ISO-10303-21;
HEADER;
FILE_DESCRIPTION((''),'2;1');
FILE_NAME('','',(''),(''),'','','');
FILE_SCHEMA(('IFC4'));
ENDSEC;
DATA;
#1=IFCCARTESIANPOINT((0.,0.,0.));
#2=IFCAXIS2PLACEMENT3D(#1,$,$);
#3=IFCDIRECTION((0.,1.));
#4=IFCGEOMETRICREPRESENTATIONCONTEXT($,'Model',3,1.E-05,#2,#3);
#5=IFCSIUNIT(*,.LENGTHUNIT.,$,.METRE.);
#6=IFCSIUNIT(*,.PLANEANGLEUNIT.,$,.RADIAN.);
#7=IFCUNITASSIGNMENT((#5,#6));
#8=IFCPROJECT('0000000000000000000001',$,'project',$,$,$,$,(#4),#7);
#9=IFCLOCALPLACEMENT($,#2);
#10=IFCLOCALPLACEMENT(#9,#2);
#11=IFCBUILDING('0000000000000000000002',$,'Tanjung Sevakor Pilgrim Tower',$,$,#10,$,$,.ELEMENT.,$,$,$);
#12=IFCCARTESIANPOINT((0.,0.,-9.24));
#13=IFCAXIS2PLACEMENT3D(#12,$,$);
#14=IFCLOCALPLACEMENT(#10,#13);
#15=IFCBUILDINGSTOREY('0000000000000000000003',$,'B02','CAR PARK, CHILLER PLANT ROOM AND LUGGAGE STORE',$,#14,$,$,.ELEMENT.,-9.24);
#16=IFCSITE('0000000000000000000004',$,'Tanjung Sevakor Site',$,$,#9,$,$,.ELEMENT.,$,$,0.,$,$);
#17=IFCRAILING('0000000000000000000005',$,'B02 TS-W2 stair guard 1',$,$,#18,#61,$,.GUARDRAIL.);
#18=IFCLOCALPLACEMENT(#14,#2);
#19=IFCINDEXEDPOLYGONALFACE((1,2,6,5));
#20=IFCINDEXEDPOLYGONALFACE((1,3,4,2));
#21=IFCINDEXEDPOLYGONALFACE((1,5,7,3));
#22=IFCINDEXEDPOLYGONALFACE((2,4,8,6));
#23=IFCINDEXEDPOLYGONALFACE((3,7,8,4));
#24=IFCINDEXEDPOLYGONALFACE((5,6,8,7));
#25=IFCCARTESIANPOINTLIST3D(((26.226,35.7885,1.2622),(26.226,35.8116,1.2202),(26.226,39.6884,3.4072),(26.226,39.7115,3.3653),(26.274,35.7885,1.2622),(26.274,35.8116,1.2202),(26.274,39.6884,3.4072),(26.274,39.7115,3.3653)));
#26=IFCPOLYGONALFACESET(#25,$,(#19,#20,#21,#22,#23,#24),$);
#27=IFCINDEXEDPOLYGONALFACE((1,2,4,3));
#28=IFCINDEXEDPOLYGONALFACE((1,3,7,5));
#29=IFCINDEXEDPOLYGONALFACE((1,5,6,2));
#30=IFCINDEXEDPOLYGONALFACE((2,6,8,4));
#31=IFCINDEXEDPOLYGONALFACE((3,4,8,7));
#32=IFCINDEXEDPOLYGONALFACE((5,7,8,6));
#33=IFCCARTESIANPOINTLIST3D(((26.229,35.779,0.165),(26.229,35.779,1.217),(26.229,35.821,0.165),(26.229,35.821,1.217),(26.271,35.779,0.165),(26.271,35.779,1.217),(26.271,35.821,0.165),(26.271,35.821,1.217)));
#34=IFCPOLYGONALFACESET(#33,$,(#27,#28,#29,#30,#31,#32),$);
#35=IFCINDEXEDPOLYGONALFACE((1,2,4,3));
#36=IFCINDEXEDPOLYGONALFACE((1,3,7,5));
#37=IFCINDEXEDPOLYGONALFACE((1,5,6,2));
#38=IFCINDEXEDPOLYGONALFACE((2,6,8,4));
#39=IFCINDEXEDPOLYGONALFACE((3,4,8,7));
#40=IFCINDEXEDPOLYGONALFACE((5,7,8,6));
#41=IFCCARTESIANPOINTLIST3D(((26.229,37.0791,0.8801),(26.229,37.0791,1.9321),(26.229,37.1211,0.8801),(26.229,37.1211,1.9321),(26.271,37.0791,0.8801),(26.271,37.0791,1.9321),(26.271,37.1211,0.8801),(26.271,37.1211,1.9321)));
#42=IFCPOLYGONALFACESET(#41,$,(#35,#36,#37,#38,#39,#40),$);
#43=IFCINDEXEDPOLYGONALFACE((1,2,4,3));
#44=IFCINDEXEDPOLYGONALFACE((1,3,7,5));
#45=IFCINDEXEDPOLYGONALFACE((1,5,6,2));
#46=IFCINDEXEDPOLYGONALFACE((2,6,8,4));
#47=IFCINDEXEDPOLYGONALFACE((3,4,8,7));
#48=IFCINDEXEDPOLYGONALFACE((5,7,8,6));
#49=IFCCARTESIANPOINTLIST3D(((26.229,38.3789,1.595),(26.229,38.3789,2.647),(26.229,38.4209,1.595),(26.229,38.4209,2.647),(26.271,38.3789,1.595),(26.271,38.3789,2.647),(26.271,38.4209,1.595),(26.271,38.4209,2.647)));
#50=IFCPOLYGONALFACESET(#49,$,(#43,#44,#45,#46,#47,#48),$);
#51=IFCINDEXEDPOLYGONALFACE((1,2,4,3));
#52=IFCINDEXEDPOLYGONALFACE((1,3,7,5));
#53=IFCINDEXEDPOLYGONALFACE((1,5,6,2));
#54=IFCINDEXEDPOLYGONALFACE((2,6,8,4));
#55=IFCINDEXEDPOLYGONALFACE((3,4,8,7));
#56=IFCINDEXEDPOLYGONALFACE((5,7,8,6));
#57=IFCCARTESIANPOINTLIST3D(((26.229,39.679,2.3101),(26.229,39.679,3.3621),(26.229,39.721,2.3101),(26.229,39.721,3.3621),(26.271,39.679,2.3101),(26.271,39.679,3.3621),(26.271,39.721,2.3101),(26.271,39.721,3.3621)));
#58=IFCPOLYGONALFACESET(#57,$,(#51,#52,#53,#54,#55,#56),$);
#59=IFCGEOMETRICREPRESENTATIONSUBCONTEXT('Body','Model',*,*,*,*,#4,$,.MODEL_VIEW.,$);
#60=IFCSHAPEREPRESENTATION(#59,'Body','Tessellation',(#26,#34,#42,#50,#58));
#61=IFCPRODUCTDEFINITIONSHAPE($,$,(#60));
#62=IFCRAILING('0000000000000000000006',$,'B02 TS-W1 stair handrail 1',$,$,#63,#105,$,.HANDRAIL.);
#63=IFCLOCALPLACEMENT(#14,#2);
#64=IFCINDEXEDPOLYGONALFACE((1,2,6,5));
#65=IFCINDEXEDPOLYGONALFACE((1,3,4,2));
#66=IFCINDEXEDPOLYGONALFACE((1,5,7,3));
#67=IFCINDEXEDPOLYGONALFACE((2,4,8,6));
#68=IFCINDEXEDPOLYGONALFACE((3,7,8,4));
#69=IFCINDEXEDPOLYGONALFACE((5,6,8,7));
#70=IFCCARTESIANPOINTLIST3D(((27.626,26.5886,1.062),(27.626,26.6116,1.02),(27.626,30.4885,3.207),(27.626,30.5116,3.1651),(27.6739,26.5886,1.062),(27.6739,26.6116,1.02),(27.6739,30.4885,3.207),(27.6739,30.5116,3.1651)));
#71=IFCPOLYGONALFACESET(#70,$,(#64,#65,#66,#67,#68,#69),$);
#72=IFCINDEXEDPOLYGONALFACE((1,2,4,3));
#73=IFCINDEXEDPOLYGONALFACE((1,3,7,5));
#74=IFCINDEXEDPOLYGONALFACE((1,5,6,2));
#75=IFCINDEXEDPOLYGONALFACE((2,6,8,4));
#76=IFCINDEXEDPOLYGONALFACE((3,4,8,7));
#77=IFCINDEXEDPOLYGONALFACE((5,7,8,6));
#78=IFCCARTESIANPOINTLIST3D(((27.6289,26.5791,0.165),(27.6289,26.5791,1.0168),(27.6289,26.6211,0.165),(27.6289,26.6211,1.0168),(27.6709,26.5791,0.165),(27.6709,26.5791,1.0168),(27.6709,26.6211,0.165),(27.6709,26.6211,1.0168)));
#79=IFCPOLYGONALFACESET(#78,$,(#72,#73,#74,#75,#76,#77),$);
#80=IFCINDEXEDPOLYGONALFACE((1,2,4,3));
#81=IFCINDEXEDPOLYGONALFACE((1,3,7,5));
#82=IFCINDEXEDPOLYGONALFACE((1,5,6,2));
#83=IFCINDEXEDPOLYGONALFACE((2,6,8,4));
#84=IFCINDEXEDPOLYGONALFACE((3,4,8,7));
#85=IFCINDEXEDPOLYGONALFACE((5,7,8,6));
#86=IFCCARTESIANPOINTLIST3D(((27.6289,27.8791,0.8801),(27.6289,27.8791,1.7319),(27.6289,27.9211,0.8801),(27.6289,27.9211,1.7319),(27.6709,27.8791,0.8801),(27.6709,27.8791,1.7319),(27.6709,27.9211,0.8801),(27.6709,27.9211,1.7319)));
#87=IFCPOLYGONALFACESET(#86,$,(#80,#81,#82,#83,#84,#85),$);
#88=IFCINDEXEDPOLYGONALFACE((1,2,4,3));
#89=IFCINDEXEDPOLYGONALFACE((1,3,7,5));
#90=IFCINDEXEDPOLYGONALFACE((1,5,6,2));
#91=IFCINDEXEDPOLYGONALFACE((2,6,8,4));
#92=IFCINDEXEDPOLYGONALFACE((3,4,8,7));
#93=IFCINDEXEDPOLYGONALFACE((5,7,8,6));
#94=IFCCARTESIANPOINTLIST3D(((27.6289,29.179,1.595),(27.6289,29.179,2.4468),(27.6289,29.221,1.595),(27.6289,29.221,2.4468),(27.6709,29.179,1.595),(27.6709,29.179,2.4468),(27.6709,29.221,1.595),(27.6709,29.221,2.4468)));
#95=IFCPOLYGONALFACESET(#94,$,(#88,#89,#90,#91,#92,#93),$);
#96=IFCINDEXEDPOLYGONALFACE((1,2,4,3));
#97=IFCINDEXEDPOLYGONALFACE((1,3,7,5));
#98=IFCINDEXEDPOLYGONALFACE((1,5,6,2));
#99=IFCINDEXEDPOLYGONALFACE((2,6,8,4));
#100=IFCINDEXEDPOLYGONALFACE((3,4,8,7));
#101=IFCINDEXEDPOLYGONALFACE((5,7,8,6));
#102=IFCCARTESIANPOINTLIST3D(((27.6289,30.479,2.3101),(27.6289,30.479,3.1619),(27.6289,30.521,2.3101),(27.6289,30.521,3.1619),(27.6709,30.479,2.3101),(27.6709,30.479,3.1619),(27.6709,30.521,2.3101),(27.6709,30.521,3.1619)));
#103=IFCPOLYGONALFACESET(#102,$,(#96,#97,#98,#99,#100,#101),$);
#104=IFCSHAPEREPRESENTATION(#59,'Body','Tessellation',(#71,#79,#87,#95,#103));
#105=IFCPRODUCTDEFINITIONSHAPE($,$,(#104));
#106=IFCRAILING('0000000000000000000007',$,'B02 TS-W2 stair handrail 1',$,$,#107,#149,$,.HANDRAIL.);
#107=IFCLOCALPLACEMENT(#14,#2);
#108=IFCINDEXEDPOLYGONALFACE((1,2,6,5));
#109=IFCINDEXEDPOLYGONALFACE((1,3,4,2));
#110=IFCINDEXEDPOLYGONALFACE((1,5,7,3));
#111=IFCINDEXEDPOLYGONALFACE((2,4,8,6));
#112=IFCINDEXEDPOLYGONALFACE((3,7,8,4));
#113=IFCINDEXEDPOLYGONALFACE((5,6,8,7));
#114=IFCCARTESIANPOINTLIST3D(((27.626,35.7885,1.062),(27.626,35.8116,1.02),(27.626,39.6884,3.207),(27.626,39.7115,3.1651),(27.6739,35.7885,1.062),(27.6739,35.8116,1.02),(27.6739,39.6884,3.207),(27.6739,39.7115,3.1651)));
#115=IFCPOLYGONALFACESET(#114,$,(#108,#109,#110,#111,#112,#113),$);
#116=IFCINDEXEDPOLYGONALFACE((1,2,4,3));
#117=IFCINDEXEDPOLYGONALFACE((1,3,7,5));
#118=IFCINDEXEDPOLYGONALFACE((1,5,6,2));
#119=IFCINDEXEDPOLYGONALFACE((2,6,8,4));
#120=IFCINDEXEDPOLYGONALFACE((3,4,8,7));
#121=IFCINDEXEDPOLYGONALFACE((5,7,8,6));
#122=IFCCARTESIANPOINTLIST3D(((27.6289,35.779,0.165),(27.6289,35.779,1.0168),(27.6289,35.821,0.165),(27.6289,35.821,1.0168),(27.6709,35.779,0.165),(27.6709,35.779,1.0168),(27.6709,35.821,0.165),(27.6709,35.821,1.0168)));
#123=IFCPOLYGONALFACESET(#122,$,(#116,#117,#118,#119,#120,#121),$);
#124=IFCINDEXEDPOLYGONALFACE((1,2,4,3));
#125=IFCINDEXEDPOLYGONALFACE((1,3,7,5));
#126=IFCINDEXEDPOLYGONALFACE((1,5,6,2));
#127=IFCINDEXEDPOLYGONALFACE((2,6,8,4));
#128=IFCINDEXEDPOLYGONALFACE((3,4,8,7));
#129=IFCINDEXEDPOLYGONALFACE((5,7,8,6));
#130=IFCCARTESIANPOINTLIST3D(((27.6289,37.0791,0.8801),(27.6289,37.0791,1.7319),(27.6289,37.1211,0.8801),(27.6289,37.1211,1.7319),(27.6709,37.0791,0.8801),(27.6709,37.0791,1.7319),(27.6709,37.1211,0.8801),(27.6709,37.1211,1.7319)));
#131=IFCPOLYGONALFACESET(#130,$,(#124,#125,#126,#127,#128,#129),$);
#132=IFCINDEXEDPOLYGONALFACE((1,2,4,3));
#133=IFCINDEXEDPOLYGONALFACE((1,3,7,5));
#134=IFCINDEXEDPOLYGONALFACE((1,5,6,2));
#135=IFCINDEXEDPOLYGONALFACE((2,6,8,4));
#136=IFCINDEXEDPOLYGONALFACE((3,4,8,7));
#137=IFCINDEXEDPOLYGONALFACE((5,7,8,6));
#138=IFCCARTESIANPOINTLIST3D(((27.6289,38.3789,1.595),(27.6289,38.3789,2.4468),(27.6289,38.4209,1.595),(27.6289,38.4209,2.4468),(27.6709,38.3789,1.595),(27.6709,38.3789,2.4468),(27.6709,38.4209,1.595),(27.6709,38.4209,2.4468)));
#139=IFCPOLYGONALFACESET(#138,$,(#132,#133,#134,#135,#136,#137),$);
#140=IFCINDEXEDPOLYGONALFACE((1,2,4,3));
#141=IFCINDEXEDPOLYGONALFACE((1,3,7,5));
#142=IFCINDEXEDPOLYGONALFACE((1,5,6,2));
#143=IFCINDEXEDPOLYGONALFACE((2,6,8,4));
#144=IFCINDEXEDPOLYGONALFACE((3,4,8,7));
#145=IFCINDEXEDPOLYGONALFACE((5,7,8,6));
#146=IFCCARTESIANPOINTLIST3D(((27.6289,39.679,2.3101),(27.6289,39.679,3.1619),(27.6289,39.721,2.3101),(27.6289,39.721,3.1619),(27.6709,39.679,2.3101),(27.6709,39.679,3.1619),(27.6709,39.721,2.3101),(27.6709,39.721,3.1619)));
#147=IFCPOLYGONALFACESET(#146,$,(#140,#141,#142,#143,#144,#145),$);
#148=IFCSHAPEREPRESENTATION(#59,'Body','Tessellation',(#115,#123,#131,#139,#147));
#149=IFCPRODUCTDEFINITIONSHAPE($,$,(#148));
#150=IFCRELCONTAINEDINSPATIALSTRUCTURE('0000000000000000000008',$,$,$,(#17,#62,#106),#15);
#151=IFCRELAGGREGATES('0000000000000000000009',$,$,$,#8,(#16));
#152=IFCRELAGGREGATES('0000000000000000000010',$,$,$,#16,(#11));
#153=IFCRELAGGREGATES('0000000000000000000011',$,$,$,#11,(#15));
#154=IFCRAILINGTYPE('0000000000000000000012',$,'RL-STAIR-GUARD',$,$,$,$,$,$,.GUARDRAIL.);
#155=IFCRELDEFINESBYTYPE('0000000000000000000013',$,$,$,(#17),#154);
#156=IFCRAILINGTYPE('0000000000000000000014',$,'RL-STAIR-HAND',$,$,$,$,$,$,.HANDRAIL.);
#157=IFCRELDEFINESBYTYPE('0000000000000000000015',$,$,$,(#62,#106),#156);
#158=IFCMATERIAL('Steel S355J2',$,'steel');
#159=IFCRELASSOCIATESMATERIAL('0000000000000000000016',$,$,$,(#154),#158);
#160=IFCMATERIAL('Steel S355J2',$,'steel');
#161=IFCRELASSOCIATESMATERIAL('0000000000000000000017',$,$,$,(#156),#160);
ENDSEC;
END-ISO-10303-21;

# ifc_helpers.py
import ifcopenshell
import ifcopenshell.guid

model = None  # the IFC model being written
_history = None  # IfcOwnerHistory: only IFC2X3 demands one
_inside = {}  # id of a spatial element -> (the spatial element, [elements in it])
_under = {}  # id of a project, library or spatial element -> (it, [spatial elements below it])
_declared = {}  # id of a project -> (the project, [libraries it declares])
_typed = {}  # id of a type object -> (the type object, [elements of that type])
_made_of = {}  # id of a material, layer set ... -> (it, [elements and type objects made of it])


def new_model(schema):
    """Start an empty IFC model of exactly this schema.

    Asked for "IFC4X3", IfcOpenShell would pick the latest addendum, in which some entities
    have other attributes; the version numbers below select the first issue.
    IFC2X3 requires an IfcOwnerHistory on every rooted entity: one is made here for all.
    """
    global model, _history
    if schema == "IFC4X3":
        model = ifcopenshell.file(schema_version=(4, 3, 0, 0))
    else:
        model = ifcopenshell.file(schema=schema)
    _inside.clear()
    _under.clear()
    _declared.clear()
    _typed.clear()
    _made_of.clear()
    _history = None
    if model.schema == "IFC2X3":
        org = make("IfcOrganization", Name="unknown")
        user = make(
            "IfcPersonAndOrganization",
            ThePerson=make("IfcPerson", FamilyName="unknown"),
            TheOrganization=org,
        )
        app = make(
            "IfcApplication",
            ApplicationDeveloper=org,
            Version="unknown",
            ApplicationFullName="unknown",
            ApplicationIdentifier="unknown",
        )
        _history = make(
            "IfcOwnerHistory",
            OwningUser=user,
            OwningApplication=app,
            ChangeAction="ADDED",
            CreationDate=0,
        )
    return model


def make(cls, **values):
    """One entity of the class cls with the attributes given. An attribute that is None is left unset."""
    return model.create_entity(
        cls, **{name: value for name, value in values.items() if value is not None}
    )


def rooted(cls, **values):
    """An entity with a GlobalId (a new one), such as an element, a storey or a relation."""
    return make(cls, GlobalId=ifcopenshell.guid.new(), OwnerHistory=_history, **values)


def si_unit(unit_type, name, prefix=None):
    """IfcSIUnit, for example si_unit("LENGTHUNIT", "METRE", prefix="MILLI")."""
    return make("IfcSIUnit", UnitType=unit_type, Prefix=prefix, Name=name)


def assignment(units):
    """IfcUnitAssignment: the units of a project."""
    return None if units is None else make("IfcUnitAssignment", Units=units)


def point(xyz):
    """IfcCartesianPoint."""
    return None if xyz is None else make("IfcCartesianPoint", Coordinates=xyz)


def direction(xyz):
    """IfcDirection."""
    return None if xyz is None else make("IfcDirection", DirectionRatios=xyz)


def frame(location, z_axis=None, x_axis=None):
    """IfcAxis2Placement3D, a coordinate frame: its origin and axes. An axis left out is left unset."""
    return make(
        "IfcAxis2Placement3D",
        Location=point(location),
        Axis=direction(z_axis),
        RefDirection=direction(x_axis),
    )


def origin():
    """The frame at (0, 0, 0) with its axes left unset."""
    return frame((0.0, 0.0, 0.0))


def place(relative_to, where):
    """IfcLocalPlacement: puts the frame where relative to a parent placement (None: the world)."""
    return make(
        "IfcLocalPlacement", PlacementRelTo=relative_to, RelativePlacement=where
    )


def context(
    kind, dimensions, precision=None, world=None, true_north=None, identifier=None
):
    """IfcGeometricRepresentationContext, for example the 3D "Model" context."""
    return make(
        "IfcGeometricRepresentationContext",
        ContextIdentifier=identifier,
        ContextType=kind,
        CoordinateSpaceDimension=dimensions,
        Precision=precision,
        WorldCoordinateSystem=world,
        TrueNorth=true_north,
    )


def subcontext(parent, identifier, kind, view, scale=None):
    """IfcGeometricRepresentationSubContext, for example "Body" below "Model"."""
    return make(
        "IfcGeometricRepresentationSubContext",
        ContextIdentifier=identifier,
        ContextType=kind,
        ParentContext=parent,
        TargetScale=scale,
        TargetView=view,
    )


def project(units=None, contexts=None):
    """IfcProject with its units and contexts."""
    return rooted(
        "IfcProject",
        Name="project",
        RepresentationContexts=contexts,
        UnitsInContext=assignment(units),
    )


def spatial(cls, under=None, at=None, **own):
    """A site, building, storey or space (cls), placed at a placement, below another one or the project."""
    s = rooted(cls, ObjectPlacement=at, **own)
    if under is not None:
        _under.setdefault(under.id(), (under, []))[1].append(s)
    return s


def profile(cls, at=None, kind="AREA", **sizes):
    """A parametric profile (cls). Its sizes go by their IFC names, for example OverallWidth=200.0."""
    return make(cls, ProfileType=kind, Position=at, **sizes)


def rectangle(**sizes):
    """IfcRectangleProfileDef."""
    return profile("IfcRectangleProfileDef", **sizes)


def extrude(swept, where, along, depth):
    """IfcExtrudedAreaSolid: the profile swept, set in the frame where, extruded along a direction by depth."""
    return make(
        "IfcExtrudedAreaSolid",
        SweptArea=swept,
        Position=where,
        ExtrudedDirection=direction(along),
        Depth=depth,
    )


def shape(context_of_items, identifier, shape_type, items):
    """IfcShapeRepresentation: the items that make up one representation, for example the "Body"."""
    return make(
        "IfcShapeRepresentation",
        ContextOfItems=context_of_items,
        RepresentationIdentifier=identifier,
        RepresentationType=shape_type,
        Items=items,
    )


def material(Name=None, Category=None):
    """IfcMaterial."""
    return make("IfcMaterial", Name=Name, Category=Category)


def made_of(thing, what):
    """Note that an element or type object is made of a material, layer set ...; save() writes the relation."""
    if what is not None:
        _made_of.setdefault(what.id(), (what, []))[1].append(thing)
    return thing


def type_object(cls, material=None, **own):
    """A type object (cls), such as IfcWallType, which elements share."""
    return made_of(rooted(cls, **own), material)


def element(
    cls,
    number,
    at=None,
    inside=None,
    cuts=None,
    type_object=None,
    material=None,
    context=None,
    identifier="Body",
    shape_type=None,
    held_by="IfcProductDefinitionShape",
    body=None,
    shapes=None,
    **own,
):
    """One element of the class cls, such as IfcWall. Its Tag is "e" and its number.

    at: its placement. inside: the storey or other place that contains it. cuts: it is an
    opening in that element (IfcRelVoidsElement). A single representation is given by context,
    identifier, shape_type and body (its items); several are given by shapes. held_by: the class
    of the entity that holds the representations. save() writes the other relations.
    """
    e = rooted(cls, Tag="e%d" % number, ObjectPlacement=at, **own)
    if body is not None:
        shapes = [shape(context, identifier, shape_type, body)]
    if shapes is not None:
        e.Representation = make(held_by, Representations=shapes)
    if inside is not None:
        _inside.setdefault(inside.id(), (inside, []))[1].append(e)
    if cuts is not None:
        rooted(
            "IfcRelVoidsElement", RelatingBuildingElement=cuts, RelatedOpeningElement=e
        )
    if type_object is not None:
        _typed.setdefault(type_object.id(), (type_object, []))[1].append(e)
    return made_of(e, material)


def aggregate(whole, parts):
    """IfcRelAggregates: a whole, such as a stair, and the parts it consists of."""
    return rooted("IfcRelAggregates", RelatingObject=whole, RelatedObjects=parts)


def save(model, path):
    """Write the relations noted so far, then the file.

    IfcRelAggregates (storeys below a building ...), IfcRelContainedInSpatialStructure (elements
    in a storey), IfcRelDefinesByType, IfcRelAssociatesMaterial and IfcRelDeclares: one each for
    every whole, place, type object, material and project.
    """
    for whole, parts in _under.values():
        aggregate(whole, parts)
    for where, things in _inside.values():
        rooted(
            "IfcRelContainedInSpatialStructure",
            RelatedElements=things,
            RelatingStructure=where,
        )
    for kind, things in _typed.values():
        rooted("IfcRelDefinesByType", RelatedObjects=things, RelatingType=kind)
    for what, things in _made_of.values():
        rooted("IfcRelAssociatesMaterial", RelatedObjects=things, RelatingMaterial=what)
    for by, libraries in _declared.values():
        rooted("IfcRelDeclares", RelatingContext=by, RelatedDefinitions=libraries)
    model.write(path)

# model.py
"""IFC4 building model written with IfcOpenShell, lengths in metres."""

from ifc_helpers import new_model, si_unit, direction, frame, origin, place, context, subcontext, project, spatial, rectangle, extrude, material, type_object, element, save


model = new_model("IFC4")

# Units and contexts
model_context = context("Model", 3, precision=1e-05, world=origin(), true_north=direction((0.0, 1.0)))
body_context = subcontext(model_context, "Body", "Model", "MODEL_VIEW")
ifc_project = project(units=[si_unit("LENGTHUNIT", "METRE"), si_unit("PLANEANGLEUNIT", "RADIAN")], contexts=[model_context])

# Site, building, storey
site_placement = place(None, origin())
site = spatial("IfcSite", under=ifc_project, at=site_placement, Name="Tanjung Sevakor Site", CompositionType="ELEMENT", RefElevation=0.0)
building_placement = place(site_placement, origin())
building = spatial("IfcBuilding", under=site, at=building_placement, Name="Tanjung Sevakor Pilgrim Tower", CompositionType="ELEMENT")
storey_placement = place(building_placement, frame((0.0, 0.0, -9.24)))
storey = spatial("IfcBuildingStorey", under=building, at=storey_placement, Name="B02", Description="CAR PARK, CHILLER PLANT ROOM AND LUGGAGE STORE", CompositionType="ELEMENT", Elevation=-9.24)

# Railings
ifc_material_1 = material(Name="Steel S355J2", Category="steel")
railing_type_1 = type_object("IfcRailingType", Name="RL-STAIR-GUARD", PredefinedType="GUARDRAIL", material=ifc_material_1)
railing_placement = place(storey_placement, frame((26.25, 35.8, 0.165)))
element("IfcRailing", 1, at=railing_placement, inside=storey, type_object=railing_type_1, Name="B02 TS-W2 stair guard 1", PredefinedType="GUARDRAIL", context=body_context, shape_type="SweptSolid", body=[
    extrude(rectangle(XDim=0.0479, YDim=0.0479), frame((0.0, 0.0, 1.0762), z_axis=(0.0, 0.876209, 0.481931), x_axis=(-1.0, 0.0, 0.0)), (0.0, 0.0, 1.0), 4.4509),
    extrude(rectangle(XDim=0.042, YDim=0.042), origin(), (0.0, 0.0, 1.0), 1.052),
    extrude(rectangle(XDim=0.042, YDim=0.042), frame((0.0, 1.3, 0.7151)), (0.0, 0.0, 1.0), 1.052),
    extrude(rectangle(XDim=0.042, YDim=0.042), frame((0.0, 2.5999, 1.4299)), (0.0, 0.0, 1.0), 1.052),
    extrude(rectangle(XDim=0.042, YDim=0.042), frame((0.0, 3.8999, 2.145)), (0.0, 0.0, 1.0), 1.052),
])
ifc_material_2 = material(Name="Steel S355J2", Category="steel")
railing_type_2 = type_object("IfcRailingType", Name="RL-STAIR-HAND", PredefinedType="HANDRAIL", material=ifc_material_2)
for number, where, name in (
    (2, (27.6499, 26.6001, 0.165), "B02 TS-W1 stair handrail 1"),
    (3, (27.6499, 35.8, 0.165), "B02 TS-W2 stair handrail 1"),
):
    element("IfcRailing", number, at=place(storey_placement, frame(where)), inside=storey, type_object=railing_type_2, Name=name, PredefinedType="HANDRAIL", context=body_context, shape_type="SweptSolid", body=[
        extrude(rectangle(XDim=0.0479, YDim=0.0479), frame((0.0, 0.0, 0.876), z_axis=(0.0, 0.876209, 0.481931), x_axis=(-1.0, 0.0, 0.0)), (0.0, 0.0, 1.0), 4.4509),
        extrude(rectangle(XDim=0.042, YDim=0.042), origin(), (0.0, 0.0, 1.0), 0.8518),
        extrude(rectangle(XDim=0.042, YDim=0.042), frame((0.0, 1.3, 0.7151)), (0.0, 0.0, 1.0), 0.8518),
        extrude(rectangle(XDim=0.042, YDim=0.042), frame((0.0, 2.5999, 1.4299)), (0.0, 0.0, 1.0), 0.8518),
        extrude(rectangle(XDim=0.042, YDim=0.042), frame((0.0, 3.8999, 2.145)), (0.0, 0.0, 1.0), 0.8518),
    ])

save(model, "model.ifc")
